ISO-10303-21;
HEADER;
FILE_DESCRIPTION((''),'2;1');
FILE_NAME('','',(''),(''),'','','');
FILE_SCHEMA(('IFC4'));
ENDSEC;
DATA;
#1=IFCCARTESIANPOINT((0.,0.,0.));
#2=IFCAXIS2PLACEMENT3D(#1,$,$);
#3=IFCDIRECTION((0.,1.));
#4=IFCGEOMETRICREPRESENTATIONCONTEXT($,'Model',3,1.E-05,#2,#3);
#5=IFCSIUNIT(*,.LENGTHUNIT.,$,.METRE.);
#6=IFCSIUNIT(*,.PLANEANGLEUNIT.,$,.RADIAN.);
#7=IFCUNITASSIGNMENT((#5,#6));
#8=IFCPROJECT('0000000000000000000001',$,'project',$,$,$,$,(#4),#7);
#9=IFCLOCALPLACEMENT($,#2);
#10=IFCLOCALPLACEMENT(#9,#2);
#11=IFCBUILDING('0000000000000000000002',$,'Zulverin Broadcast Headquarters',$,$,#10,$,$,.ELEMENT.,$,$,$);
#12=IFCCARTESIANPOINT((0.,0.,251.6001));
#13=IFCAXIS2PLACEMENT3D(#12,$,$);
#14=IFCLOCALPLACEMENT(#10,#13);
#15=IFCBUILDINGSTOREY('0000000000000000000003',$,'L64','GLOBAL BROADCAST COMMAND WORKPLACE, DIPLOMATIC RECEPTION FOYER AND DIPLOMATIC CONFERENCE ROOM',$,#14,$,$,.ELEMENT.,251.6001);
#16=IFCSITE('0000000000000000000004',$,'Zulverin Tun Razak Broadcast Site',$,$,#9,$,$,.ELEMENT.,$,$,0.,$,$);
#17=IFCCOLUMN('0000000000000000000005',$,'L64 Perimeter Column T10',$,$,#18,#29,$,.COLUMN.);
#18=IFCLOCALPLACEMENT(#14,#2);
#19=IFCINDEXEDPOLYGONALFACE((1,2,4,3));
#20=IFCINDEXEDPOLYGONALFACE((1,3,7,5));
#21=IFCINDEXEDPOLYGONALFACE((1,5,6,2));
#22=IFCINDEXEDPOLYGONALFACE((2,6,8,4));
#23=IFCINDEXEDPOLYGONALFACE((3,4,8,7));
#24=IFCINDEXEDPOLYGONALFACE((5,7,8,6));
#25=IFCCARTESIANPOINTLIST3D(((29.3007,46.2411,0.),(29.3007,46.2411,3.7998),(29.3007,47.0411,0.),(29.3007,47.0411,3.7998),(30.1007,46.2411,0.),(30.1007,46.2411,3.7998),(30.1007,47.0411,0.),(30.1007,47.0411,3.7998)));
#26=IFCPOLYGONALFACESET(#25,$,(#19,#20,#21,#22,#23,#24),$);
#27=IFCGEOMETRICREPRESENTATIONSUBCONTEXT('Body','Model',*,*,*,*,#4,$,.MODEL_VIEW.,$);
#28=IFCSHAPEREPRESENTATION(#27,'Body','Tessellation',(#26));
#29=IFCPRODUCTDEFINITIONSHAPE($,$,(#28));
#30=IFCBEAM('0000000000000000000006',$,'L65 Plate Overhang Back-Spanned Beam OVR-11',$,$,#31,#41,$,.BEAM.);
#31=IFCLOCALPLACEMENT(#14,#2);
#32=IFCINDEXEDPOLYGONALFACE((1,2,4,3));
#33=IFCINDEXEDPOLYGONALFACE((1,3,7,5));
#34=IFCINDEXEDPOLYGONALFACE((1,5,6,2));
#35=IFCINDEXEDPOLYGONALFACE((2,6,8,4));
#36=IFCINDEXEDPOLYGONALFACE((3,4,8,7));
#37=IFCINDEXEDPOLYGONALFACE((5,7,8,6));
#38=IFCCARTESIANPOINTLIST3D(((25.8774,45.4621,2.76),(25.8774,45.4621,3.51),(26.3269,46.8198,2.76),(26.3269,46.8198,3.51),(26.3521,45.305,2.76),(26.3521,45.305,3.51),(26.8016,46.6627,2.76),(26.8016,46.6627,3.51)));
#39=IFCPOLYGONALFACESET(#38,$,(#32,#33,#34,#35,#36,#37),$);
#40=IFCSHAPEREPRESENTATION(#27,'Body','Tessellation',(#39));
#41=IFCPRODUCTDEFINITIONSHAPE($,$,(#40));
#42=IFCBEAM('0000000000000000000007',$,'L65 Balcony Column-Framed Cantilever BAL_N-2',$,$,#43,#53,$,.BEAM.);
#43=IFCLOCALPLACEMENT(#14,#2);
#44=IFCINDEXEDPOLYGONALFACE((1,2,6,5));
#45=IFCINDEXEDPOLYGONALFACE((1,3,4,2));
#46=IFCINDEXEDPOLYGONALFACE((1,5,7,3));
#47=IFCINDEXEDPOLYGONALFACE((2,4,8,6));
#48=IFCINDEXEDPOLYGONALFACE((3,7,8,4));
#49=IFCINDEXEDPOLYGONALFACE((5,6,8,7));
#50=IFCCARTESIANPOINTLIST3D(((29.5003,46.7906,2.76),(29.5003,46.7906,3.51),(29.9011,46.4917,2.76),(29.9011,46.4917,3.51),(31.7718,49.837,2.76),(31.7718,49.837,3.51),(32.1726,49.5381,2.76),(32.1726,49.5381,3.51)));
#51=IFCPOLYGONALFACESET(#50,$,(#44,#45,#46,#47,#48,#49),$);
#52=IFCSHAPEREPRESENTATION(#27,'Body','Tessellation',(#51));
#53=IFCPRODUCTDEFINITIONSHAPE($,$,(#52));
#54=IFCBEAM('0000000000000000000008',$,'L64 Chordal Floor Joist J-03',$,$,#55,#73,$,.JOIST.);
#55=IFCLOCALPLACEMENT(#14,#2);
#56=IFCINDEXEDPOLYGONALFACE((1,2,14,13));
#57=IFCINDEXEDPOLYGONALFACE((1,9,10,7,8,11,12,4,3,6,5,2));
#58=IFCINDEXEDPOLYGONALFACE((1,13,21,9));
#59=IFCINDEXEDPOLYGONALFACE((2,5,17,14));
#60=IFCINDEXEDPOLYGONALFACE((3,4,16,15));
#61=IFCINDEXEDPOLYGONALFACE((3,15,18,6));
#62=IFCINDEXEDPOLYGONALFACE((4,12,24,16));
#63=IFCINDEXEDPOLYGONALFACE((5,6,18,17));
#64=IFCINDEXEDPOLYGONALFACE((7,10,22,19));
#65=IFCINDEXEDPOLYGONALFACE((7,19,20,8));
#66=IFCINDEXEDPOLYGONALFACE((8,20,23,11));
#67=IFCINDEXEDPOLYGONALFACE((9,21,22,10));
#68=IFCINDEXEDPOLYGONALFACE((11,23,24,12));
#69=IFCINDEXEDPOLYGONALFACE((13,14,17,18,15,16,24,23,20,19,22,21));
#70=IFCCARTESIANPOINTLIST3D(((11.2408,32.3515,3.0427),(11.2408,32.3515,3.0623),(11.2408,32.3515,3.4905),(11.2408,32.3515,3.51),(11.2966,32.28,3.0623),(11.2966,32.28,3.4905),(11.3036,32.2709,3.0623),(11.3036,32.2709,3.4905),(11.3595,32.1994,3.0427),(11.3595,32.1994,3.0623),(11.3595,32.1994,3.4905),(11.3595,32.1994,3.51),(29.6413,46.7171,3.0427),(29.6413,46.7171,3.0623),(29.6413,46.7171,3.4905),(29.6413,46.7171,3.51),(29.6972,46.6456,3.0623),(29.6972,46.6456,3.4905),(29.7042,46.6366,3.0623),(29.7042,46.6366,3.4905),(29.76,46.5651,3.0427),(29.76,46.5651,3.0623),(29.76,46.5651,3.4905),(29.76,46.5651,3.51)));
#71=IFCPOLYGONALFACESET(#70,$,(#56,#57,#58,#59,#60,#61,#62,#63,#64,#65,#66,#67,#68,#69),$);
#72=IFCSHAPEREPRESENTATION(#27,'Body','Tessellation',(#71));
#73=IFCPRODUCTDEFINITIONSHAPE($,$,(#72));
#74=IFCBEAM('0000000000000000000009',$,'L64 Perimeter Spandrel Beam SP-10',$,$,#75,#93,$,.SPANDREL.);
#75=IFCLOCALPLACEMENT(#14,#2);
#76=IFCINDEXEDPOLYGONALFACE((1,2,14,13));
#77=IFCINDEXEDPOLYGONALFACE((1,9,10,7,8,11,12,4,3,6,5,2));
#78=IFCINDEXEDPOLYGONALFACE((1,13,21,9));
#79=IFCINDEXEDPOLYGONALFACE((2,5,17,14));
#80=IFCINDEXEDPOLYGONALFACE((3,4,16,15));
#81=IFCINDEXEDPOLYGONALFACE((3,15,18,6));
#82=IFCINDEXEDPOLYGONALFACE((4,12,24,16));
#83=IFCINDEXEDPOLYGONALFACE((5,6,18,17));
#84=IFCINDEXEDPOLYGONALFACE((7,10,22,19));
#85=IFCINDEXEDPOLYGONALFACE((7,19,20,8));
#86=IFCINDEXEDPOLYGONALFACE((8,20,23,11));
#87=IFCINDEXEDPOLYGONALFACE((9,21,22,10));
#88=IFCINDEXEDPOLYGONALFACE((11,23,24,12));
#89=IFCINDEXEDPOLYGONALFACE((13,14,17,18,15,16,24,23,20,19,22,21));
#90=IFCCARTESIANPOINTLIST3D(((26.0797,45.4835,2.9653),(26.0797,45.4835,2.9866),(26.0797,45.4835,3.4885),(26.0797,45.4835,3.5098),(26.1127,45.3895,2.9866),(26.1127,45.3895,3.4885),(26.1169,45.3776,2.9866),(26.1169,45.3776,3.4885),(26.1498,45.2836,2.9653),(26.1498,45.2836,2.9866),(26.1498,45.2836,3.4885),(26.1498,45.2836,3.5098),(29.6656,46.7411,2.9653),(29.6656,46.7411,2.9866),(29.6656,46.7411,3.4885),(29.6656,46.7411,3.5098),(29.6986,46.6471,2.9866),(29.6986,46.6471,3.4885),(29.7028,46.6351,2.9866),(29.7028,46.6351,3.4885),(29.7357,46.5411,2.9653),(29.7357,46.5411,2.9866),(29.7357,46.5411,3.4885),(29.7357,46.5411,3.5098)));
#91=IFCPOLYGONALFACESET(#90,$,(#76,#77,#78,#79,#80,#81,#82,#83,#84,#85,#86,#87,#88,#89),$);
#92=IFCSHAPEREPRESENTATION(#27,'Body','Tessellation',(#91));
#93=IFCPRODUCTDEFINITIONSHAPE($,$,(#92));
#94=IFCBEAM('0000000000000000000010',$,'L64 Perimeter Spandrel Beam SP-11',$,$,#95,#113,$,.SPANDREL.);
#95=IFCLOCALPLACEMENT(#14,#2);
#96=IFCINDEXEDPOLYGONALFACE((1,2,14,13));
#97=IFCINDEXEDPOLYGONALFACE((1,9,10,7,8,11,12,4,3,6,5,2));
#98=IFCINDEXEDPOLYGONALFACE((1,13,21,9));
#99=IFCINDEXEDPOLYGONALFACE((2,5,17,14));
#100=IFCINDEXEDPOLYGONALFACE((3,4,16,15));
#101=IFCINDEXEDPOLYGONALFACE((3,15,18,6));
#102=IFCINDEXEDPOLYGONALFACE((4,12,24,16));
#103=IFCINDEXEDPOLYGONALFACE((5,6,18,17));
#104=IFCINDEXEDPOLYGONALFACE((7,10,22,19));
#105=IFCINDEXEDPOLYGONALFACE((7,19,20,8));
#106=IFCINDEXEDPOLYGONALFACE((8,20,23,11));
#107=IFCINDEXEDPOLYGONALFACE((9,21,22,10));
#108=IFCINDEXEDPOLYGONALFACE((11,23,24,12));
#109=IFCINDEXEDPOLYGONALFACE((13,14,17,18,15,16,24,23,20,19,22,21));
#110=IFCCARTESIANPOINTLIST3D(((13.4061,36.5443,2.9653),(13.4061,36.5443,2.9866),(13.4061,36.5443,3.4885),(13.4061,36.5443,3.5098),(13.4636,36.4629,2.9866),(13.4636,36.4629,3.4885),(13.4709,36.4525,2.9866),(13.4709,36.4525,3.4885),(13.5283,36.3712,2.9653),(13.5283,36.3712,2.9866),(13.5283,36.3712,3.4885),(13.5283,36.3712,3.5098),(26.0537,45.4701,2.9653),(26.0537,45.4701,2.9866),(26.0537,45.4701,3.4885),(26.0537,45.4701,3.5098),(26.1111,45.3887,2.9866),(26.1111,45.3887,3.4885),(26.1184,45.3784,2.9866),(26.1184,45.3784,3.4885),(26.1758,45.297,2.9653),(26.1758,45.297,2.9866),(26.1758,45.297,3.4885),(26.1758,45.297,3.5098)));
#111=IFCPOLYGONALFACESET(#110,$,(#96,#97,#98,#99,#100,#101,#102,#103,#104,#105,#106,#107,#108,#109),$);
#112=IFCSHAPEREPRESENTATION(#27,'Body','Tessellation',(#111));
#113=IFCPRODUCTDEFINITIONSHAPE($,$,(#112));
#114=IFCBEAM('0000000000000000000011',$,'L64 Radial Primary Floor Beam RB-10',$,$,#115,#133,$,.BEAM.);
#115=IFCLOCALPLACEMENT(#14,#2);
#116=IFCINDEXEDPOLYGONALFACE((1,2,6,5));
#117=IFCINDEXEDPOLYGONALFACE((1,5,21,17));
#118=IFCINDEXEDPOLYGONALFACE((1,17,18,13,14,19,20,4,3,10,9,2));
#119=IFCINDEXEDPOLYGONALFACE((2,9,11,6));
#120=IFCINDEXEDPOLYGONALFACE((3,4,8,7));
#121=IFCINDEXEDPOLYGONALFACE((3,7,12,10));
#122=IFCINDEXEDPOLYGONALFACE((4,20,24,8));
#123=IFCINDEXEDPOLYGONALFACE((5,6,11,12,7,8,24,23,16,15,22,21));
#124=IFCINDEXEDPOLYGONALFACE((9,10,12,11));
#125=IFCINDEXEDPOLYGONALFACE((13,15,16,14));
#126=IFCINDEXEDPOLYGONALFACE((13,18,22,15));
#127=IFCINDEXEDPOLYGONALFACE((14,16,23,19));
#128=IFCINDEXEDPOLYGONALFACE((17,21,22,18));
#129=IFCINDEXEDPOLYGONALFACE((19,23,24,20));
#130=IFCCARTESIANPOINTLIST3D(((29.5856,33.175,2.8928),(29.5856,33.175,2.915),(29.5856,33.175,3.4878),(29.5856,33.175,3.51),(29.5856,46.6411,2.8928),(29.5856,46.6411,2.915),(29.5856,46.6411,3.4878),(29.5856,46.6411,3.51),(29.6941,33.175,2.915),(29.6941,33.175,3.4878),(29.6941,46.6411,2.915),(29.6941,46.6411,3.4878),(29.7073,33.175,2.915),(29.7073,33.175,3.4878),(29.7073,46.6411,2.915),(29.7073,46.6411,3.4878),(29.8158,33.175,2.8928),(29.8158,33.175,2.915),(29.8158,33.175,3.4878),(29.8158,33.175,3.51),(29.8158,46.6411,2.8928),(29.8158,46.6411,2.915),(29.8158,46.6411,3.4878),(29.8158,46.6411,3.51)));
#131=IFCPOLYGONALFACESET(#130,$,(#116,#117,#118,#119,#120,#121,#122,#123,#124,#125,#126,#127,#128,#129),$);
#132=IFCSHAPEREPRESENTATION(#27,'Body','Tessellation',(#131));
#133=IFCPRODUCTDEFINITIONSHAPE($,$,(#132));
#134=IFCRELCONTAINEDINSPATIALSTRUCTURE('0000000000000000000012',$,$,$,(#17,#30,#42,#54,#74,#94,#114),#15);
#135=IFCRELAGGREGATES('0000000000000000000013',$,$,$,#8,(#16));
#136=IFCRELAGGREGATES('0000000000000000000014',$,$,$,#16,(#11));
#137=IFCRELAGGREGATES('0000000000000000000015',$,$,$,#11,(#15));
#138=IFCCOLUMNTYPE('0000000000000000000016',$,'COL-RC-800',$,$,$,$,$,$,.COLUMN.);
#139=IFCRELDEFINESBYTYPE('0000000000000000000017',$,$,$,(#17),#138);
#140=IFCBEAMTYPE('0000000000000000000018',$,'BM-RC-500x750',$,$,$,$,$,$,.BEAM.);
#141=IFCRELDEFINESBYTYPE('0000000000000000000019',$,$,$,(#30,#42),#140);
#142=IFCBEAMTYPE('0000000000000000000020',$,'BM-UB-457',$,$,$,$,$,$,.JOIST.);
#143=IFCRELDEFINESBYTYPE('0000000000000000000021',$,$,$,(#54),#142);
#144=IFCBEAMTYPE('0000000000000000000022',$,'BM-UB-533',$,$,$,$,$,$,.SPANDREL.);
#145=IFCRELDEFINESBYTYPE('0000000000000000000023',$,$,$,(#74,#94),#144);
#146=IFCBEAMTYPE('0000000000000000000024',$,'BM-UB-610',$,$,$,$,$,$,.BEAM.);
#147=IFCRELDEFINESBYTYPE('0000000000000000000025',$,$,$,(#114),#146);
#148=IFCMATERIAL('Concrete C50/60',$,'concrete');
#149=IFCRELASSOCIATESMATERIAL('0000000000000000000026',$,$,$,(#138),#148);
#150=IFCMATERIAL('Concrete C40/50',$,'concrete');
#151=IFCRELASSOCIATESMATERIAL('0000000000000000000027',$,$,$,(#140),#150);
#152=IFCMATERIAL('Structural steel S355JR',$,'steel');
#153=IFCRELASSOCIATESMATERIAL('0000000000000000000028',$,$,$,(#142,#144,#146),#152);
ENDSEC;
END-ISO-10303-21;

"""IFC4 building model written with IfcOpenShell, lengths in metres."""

from ifc_helpers import new_model, si_unit, direction, frame, origin, origin_2d, place, context, subcontext, project, spatial, rectangle, i_section, extrude, material, material_profile, profile_set, type_object, element, save


model = new_model("IFC4")

# Units and contexts
model_context = context("Model", 3, precision=1e-05, world=origin(), true_north=direction((0.0, 1.0)))
body_context = subcontext(model_context, "Body", "Model", "MODEL_VIEW")
ifc_project = project(units=[si_unit("LENGTHUNIT", "METRE"), si_unit("PLANEANGLEUNIT", "RADIAN")], contexts=[model_context])

# Site, building, storey
site_placement = place(None, origin())
site = spatial("IfcSite", under=ifc_project, at=site_placement, Name="Zulverin Tun Razak Broadcast Site", CompositionType="ELEMENT", RefElevation=0.0)
building_placement = place(site_placement, origin())
building = spatial("IfcBuilding", under=site, at=building_placement, Name="Zulverin Broadcast Headquarters", CompositionType="ELEMENT")
storey_placement = place(building_placement, frame((0.0, 0.0, 251.6001)))
storey = spatial("IfcBuildingStorey", under=building, at=storey_placement, Name="L64", Description="GLOBAL BROADCAST COMMAND WORKPLACE, DIPLOMATIC RECEPTION FOYER AND DIPLOMATIC CONFERENCE ROOM", CompositionType="ELEMENT", Elevation=251.6001)

# Column
ifc_material_1 = material(Name="Concrete C50/60", Category="concrete")
ifc_material_profile_1 = material_profile(ifc_material_1, rectangle(XDim=0.8, YDim=0.8, at=origin_2d()), Name="Concrete C50/60", Category="concrete")
ifc_profile_set_1 = profile_set([ifc_material_profile_1], Name="Concrete C50/60")
column_type = type_object("IfcColumnType", Name="COL-RC-800", PredefinedType="COLUMN", material=ifc_profile_set_1)
column_placement = place(storey_placement, frame((29.7007, 46.6411, 0.0), z_axis=(0.0, 0.0, 1.0), x_axis=(1.0, 0.0, 0.0)))
element("IfcColumn", 1, at=column_placement, inside=storey, type_object=column_type, Name="L64 Perimeter Column T10", PredefinedType="COLUMN", context=body_context, shape_type="SweptSolid", body=[
    extrude(rectangle(XDim=0.8, YDim=0.8, at=origin_2d()), origin(), (0.0, 0.0, 1.0), 3.7998),
])

# Beams
ifc_material_2 = material(Name="Concrete C40/50", Category="concrete")
ifc_material_profile_2 = material_profile(ifc_material_2, rectangle(XDim=0.5, YDim=0.75, at=origin_2d()), Name="Concrete C40/50", Category="concrete")
ifc_profile_set_2 = profile_set([ifc_material_profile_2], Name="Concrete C40/50")
beam_type_1 = type_object("IfcBeamType", Name="BM-RC-500x750", PredefinedType="BEAM", material=ifc_profile_set_2)
beam_1_placement = place(storey_placement, frame((26.1147, 45.3835, 3.135), z_axis=(0.314281, 0.94933, 0.0), x_axis=(-0.94933, 0.314281, 0.0)))
element("IfcBeam", 2, at=beam_1_placement, inside=storey, type_object=beam_type_1, Name="L65 Plate Overhang Back-Spanned Beam OVR-11", PredefinedType="BEAM", context=body_context, shape_type="SweptSolid", body=[
    extrude(rectangle(XDim=0.5, YDim=0.75, at=origin_2d()), origin(), (0.0, 0.0, 1.0), 1.4302),
])
beam_2_placement = place(storey_placement, frame((29.7007, 46.6411, 3.135), z_axis=(0.597757, 0.801678, 0.0), x_axis=(-0.801678, 0.597757, 0.0)))
element("IfcBeam", 3, at=beam_2_placement, inside=storey, type_object=beam_type_1, Name="L65 Balcony Column-Framed Cantilever BAL_N-2", PredefinedType="BEAM", context=body_context, shape_type="SweptSolid", body=[
    extrude(rectangle(XDim=0.5, YDim=0.75, at=origin_2d()), origin(), (0.0, 0.0, 1.0), 3.8),
])
ifc_material_3 = material(Name="Structural steel S355JR", Category="steel")
ifc_material_profile_3 = material_profile(ifc_material_3, i_section(OverallWidth=0.1929, OverallDepth=0.4673, WebThickness=0.0115, FlangeThickness=0.0195, at=origin_2d()), Name="Structural steel S355JR", Category="steel")
ifc_profile_set_3 = profile_set([ifc_material_profile_3], Name="Structural steel S355JR")
beam_type_2 = type_object("IfcBeamType", Name="BM-UB-457", PredefinedType="JOIST", material=ifc_profile_set_3)
beam_3_placement = place(storey_placement, frame((29.7007, 46.6411, 3.2764), z_axis=(-0.788227, -0.615384, 0.0), x_axis=(0.615384, -0.788227, 0.0)))
element("IfcBeam", 4, at=beam_3_placement, inside=storey, type_object=beam_type_2, Name="L64 Chordal Floor Joist J-03", PredefinedType="JOIST", context=body_context, shape_type="SweptSolid", body=[
    extrude(i_section(OverallWidth=0.1929, OverallDepth=0.4673, WebThickness=0.0115, FlangeThickness=0.0195, at=origin_2d()), origin(), (0.0, 0.0, 1.0), 23.3442),
])
ifc_material_profile_4 = material_profile(ifc_material_3, i_section(OverallWidth=0.2119, OverallDepth=0.5444, WebThickness=0.0127, FlangeThickness=0.0212, at=origin_2d()), Name="Structural steel S355JR", Category="steel")
ifc_profile_set_4 = profile_set([ifc_material_profile_4], Name="Structural steel S355JR")
beam_type_3 = type_object("IfcBeamType", Name="BM-UB-533", PredefinedType="SPANDREL", material=ifc_profile_set_4)
beam_4_placement = place(storey_placement, frame((29.7007, 46.6411, 3.2375), z_axis=(-0.943654, -0.330934, 0.0), x_axis=(0.330934, -0.943654, 0.0)))
element("IfcBeam", 5, at=beam_4_placement, inside=storey, type_object=beam_type_3, Name="L64 Perimeter Spandrel Beam SP-10", PredefinedType="SPANDREL", context=body_context, shape_type="SweptSolid", body=[
    extrude(i_section(OverallWidth=0.2119, OverallDepth=0.5444, WebThickness=0.0127, FlangeThickness=0.0212, at=origin_2d()), origin(), (0.0, 0.0, 1.0), 3.8),
])
beam_5_placement = place(storey_placement, frame((26.1147, 45.3835, 3.2375), z_axis=(-0.817024, -0.576604, 0.0), x_axis=(0.576604, -0.817024, 0.0)))
element("IfcBeam", 6, at=beam_5_placement, inside=storey, type_object=beam_type_3, Name="L64 Perimeter Spandrel Beam SP-11", PredefinedType="SPANDREL", context=body_context, shape_type="SweptSolid", body=[
    extrude(i_section(OverallWidth=0.2119, OverallDepth=0.5444, WebThickness=0.0127, FlangeThickness=0.0212, at=origin_2d()), origin(), (0.0, 0.0, 1.0), 15.48),
])
ifc_material_profile_5 = material_profile(ifc_material_3, i_section(OverallWidth=0.2302, OverallDepth=0.6172, WebThickness=0.0132, FlangeThickness=0.0222, at=origin_2d()), Name="Structural steel S355JR", Category="steel")
ifc_profile_set_5 = profile_set([ifc_material_profile_5], Name="Structural steel S355JR")
beam_type_4 = type_object("IfcBeamType", Name="BM-UB-610", PredefinedType="BEAM", material=ifc_profile_set_5)
beam_6_placement = place(storey_placement, frame((29.7007, 33.175, 3.2014), z_axis=(0.0, 1.0, 0.0), x_axis=(-1.0, 0.0, 0.0)))
element("IfcBeam", 7, at=beam_6_placement, inside=storey, type_object=beam_type_4, Name="L64 Radial Primary Floor Beam RB-10", PredefinedType="BEAM", context=body_context, shape_type="SweptSolid", body=[
    extrude(i_section(OverallWidth=0.2302, OverallDepth=0.6172, WebThickness=0.0132, FlangeThickness=0.0222, at=origin_2d()), origin(), (0.0, 0.0, 1.0), 13.4661),
])

save(model, "model.ifc")
